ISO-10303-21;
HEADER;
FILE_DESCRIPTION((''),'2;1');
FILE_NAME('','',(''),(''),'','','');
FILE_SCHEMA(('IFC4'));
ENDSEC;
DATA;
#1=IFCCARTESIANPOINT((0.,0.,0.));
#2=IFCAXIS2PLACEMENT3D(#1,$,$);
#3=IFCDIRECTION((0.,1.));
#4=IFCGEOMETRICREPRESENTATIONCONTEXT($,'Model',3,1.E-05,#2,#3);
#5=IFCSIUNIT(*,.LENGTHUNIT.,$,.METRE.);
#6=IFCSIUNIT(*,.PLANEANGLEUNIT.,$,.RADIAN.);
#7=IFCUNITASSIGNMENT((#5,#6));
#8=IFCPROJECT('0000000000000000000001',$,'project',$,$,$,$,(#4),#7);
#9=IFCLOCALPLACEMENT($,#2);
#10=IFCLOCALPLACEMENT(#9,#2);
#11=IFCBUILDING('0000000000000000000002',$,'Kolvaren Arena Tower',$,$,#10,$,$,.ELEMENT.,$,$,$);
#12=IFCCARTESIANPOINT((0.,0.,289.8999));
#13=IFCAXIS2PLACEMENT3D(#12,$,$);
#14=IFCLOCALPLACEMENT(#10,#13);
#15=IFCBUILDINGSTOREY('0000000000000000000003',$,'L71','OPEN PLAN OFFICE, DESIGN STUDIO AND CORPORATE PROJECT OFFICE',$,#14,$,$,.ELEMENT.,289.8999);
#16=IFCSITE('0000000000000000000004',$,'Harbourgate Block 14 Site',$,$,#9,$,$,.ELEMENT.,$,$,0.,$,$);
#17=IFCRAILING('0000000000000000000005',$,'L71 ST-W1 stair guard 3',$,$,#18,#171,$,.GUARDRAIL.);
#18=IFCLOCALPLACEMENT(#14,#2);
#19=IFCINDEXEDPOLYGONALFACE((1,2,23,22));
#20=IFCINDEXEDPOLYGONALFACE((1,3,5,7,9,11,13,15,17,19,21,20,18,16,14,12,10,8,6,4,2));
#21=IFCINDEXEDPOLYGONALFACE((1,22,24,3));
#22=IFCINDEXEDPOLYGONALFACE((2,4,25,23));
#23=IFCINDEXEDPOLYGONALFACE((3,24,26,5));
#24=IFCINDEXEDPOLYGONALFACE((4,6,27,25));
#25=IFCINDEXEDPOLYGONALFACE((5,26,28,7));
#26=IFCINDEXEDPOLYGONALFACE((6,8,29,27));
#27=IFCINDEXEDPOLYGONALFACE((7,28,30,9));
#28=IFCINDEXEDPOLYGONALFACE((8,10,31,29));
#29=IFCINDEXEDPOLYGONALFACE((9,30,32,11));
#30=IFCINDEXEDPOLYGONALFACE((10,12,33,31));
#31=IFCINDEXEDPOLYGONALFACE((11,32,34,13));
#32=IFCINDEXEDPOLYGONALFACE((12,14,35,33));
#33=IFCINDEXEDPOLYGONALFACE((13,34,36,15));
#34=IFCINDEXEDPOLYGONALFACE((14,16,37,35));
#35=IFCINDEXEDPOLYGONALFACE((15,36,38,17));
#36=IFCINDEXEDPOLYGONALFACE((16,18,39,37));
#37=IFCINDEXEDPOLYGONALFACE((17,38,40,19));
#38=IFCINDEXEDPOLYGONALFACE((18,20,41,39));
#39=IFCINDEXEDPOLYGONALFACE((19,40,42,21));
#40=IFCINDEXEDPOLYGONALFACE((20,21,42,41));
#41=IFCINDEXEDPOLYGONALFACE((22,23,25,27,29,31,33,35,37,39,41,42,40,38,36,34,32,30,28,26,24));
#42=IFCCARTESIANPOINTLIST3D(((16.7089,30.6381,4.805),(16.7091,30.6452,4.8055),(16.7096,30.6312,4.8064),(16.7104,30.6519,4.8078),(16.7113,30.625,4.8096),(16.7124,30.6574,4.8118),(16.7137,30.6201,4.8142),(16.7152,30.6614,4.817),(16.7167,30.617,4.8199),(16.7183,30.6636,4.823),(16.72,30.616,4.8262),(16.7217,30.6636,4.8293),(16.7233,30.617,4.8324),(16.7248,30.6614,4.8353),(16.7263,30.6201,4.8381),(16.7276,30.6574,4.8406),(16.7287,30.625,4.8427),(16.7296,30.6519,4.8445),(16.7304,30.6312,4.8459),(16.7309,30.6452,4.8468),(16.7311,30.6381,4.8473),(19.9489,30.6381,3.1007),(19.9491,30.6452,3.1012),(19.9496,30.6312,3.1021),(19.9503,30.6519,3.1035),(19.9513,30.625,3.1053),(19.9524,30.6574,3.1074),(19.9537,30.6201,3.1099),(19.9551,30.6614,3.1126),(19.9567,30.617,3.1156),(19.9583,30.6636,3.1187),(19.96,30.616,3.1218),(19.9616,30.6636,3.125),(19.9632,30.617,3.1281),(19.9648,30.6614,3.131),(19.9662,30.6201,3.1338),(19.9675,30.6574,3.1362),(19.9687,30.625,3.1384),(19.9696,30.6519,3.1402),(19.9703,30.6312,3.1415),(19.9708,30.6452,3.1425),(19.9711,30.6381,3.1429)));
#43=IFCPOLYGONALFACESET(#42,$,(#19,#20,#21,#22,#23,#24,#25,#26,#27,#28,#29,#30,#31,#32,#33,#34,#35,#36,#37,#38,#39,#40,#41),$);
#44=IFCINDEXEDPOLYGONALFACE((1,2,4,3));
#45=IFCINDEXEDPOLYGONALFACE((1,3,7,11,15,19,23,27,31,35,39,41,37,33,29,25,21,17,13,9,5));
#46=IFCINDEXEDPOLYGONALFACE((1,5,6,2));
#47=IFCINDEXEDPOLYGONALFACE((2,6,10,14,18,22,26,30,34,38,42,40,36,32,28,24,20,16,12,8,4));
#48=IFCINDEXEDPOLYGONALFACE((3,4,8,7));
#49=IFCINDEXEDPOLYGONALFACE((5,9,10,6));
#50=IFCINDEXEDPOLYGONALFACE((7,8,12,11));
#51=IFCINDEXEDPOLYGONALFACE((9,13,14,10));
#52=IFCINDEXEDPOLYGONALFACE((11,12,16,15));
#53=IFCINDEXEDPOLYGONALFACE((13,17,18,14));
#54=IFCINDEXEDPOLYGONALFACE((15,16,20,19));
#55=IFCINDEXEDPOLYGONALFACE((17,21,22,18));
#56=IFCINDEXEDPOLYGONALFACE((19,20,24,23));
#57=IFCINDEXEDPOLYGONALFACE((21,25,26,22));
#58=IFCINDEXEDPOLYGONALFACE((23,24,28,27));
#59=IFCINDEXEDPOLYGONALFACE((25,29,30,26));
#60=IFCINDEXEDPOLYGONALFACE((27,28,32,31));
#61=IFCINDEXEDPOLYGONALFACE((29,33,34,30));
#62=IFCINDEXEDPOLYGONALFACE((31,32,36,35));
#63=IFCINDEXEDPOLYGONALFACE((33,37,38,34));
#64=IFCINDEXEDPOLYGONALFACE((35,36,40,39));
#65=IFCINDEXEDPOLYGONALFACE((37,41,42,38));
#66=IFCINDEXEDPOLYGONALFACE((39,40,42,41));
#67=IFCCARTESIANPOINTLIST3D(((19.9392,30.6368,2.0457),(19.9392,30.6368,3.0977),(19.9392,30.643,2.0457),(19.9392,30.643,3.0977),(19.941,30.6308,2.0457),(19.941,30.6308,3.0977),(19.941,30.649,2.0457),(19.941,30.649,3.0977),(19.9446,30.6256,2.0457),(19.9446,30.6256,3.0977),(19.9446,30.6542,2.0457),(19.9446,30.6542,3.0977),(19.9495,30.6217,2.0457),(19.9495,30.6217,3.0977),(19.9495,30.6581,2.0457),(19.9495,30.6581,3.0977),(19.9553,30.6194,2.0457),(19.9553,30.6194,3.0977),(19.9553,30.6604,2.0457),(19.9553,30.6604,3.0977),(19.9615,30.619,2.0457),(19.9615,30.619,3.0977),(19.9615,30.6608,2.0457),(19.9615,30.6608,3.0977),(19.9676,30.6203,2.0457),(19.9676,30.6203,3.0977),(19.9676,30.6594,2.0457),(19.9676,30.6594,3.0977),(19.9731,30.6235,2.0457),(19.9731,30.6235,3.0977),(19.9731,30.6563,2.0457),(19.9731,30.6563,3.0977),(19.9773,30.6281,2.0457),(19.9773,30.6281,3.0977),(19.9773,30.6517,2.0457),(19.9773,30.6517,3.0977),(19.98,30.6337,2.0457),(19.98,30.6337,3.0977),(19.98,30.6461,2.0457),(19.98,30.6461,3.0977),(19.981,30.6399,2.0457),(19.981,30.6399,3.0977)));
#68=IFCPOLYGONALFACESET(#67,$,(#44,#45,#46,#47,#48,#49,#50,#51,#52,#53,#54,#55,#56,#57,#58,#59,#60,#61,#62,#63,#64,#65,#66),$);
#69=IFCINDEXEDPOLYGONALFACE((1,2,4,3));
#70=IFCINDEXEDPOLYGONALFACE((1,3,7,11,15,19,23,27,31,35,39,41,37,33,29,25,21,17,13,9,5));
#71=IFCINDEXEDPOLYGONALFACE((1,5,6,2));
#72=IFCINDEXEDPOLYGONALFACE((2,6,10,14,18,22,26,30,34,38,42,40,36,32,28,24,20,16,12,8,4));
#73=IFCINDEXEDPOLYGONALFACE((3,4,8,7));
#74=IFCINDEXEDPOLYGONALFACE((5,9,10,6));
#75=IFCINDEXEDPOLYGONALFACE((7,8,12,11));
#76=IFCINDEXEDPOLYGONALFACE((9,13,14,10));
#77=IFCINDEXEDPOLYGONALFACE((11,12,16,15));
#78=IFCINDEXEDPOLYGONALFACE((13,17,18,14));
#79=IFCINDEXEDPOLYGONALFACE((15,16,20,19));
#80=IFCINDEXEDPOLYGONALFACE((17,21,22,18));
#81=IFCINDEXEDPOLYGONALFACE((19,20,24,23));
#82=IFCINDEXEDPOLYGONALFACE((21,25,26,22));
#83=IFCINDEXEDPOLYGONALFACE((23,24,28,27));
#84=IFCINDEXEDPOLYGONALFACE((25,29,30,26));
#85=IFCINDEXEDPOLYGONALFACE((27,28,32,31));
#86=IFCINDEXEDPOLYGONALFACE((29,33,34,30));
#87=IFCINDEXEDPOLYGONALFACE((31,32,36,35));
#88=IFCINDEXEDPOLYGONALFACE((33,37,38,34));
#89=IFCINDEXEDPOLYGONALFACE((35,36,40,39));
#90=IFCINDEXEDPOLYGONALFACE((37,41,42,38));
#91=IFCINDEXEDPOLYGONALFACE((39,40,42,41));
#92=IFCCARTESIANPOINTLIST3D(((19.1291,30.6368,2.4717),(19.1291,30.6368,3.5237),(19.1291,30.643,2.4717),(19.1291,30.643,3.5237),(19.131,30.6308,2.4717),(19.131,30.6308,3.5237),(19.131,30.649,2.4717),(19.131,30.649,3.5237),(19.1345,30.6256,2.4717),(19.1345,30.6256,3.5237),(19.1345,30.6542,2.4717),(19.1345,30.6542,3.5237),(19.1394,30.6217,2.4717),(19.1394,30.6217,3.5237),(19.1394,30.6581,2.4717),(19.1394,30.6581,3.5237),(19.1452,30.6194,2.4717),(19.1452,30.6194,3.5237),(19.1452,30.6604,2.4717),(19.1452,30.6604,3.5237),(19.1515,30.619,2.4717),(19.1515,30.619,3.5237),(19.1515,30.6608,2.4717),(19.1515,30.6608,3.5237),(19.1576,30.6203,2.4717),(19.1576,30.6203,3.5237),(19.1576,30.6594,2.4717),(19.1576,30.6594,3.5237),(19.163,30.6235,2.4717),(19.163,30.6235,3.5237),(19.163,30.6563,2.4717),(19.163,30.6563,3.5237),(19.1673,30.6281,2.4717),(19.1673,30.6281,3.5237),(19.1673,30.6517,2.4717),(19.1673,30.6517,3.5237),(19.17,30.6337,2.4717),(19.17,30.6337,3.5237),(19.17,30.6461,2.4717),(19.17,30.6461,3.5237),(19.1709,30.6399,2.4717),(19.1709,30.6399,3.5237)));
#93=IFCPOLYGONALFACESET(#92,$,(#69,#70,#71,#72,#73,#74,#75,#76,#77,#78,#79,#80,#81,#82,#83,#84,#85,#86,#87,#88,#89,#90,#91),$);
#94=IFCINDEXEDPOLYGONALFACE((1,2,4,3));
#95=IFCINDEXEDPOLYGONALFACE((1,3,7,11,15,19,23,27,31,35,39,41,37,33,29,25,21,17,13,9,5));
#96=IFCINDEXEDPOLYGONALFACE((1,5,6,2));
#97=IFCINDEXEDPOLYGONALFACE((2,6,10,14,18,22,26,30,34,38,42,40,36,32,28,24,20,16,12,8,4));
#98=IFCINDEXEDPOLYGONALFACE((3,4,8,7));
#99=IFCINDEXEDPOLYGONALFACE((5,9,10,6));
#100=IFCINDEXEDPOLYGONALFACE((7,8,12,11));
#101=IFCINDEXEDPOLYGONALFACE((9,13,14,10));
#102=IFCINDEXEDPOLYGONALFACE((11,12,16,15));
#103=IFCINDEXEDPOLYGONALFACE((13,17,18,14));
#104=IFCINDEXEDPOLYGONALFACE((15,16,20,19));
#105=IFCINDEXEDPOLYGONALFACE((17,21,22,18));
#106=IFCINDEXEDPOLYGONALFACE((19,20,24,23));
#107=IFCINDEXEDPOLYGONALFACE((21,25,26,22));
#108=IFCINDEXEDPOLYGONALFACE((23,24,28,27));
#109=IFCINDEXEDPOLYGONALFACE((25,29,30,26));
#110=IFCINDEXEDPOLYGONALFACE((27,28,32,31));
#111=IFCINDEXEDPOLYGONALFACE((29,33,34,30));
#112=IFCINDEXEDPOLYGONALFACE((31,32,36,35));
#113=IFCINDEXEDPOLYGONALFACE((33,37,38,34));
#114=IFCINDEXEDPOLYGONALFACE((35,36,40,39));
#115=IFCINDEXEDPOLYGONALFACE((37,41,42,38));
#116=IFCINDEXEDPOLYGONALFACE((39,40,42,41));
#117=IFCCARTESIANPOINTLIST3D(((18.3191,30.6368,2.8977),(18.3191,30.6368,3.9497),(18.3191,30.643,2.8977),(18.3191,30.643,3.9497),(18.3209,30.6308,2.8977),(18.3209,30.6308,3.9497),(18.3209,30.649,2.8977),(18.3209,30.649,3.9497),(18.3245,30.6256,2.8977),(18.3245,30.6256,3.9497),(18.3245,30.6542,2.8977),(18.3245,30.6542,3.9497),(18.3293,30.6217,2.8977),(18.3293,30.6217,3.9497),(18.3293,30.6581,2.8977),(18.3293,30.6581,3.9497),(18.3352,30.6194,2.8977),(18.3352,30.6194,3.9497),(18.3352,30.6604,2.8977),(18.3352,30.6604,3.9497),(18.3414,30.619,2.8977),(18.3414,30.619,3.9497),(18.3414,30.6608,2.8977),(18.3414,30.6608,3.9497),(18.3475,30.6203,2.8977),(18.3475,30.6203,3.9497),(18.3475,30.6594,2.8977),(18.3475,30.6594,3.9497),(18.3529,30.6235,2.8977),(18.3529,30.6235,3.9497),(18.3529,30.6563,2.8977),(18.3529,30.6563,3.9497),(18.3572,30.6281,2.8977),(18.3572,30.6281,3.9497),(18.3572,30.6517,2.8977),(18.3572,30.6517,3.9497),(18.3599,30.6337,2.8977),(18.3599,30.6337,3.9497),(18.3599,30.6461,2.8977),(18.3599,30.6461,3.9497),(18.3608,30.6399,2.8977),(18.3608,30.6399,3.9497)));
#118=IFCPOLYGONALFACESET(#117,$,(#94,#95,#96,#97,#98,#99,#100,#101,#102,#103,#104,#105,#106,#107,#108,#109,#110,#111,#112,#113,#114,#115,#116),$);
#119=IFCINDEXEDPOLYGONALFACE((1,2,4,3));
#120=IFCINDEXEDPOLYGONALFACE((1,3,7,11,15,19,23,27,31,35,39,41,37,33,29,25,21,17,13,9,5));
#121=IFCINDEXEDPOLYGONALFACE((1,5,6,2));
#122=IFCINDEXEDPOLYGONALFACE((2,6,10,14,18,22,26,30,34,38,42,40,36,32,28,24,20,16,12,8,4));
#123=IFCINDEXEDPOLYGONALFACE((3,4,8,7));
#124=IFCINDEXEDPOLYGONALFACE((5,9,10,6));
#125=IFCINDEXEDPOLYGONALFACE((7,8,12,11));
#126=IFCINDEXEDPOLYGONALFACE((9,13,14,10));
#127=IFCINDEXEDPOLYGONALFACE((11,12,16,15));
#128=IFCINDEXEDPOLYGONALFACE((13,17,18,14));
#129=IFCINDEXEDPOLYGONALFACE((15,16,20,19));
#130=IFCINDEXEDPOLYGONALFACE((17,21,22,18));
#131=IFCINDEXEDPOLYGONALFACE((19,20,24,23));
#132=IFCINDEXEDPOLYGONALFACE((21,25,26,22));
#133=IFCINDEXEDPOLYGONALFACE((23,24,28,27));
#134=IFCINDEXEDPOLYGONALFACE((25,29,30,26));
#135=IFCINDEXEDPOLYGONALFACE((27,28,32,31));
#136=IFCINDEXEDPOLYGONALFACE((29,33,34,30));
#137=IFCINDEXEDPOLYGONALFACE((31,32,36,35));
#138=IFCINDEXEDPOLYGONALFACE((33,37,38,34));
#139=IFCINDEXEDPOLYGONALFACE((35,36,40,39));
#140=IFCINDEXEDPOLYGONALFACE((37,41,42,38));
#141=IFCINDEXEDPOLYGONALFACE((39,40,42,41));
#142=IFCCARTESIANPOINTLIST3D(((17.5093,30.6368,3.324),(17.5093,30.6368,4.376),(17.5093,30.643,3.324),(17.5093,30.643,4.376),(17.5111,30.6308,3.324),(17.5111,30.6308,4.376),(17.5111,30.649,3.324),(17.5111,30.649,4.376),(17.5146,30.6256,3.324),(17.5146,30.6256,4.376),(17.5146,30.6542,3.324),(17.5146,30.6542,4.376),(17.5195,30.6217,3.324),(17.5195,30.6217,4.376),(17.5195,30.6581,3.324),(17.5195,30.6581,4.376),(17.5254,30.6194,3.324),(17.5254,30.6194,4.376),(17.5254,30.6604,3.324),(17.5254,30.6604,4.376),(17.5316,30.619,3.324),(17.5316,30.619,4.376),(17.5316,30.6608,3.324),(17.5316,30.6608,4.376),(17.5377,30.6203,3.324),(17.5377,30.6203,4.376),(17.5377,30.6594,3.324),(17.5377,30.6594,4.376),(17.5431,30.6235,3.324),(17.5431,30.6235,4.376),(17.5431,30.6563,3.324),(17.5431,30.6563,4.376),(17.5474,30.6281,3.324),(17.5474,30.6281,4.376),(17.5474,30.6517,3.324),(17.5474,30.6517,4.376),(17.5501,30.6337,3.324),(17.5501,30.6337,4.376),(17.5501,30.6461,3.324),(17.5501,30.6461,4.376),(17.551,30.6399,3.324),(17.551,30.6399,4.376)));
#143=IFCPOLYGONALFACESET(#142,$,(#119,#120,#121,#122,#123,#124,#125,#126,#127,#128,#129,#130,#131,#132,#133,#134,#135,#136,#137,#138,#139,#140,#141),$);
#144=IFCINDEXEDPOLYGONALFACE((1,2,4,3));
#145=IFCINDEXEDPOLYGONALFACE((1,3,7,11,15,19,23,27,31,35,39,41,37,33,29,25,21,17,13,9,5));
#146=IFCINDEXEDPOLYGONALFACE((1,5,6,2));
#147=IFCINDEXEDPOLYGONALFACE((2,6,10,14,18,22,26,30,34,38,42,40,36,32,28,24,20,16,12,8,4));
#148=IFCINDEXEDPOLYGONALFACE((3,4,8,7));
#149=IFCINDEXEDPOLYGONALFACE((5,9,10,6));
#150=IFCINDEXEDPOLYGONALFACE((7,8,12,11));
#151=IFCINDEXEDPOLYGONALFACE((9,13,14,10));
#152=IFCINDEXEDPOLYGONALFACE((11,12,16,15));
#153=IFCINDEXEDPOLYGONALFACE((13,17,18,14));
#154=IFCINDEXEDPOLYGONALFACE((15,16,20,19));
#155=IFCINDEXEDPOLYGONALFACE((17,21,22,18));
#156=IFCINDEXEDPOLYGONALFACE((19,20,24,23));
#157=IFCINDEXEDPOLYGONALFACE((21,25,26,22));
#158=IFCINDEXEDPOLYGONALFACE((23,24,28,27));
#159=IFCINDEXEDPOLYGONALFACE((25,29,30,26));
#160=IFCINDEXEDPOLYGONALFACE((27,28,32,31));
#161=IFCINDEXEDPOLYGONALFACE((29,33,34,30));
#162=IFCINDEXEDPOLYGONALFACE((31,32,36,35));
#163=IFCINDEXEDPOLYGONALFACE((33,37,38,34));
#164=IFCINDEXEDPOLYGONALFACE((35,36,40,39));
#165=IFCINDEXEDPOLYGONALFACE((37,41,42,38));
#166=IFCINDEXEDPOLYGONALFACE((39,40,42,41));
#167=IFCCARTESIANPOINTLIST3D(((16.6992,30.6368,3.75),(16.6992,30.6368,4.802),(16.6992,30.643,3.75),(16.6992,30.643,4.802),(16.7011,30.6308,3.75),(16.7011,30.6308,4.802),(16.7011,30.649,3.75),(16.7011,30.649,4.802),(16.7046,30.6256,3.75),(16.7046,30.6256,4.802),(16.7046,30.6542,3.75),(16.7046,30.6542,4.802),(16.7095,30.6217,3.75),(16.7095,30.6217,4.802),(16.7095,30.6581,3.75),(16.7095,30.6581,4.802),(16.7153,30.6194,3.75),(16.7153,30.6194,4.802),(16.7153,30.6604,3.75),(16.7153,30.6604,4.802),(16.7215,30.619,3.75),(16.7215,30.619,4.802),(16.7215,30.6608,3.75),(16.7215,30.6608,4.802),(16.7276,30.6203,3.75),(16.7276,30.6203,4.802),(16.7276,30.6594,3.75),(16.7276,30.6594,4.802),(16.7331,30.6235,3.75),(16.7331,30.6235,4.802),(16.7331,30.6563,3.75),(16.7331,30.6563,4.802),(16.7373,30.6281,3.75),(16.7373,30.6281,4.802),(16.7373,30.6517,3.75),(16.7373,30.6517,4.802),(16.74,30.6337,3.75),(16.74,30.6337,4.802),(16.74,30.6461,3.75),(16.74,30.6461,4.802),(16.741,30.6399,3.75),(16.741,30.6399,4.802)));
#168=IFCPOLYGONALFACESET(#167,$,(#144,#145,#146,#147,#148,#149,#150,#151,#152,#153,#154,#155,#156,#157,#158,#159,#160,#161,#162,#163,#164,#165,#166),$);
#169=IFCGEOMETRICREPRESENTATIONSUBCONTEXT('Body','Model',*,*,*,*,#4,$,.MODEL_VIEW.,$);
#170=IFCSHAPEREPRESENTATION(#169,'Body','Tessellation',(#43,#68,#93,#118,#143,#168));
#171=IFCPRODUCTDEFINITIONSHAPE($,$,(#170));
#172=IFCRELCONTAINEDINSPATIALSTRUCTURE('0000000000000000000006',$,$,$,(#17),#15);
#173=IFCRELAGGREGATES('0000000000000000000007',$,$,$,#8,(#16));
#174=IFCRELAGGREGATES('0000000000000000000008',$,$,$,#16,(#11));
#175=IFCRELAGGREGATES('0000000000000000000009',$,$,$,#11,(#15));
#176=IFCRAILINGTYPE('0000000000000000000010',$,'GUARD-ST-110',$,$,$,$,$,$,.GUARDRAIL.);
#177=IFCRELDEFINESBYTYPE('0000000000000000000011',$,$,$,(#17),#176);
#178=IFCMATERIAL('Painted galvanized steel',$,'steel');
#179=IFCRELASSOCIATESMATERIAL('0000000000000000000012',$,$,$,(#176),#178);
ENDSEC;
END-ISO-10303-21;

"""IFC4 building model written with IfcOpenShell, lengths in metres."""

from ifc_helpers import new_model, si_unit, direction, frame, origin, origin_2d, place, context, subcontext, project, spatial, circle, extrude, material, type_object, element, save


model = new_model("IFC4")

# Units and contexts
model_context = context("Model", 3, precision=1e-05, world=origin(), true_north=direction((0.0, 1.0)))
body_context = subcontext(model_context, "Body", "Model", "MODEL_VIEW")
ifc_project = project(units=[si_unit("LENGTHUNIT", "METRE"), si_unit("PLANEANGLEUNIT", "RADIAN")], contexts=[model_context])

# Site, building, storey
site_placement = place(None, origin())
site = spatial("IfcSite", under=ifc_project, at=site_placement, Name="Harbourgate Block 14 Site", CompositionType="ELEMENT", RefElevation=0.0)
building_placement = place(site_placement, origin())
building = spatial("IfcBuilding", under=site, at=building_placement, Name="Kolvaren Arena Tower", CompositionType="ELEMENT")
storey_placement = place(building_placement, frame((0.0, 0.0, 289.8999)))
storey = spatial("IfcBuildingStorey", under=building, at=storey_placement, Name="L71", Description="OPEN PLAN OFFICE, DESIGN STUDIO AND CORPORATE PROJECT OFFICE", CompositionType="ELEMENT", Elevation=289.8999)

# Railing
ifc_material_1 = material(Name="Painted galvanized steel", Category="steel")
railing_type_1 = type_object("IfcRailingType", Name="GUARD-ST-110", PredefinedType="GUARDRAIL", material=ifc_material_1)
railing_1_placement = place(storey_placement, frame((19.96, 30.6399, 2.0457)))
element("IfcRailing", 1, at=railing_1_placement, inside=storey, type_object=railing_type_1, Name="L71 ST-W1 stair guard 3", PredefinedType="GUARDRAIL", context=body_context, shape_type="SweptSolid", body=[
    extrude(circle(Radius=0.0239, at=origin_2d()), frame((0.0, 0.0, 1.0762), z_axis=(-0.885021, 0.0, 0.465551), x_axis=(0.0, -1.0, 0.0)), (0.0, 0.0, 1.0), 3.6609),
    extrude(circle(Radius=0.021, at=origin_2d()), origin(), (0.0, 0.0, 1.0), 1.052),
    extrude(circle(Radius=0.021, at=origin_2d()), frame((-0.8101, 0.0, 0.426)), (0.0, 0.0, 1.0), 1.052),
    extrude(circle(Radius=0.021, at=origin_2d()), frame((-1.6201, 0.0, 0.8521)), (0.0, 0.0, 1.0), 1.052),
    extrude(circle(Radius=0.021, at=origin_2d()), frame((-2.4299, 0.0, 1.2783)), (0.0, 0.0, 1.0), 1.052),
    extrude(circle(Radius=0.021, at=origin_2d()), frame((-3.24, 0.0, 1.7043)), (0.0, 0.0, 1.0), 1.052),
])

save(model, "model.ifc")
